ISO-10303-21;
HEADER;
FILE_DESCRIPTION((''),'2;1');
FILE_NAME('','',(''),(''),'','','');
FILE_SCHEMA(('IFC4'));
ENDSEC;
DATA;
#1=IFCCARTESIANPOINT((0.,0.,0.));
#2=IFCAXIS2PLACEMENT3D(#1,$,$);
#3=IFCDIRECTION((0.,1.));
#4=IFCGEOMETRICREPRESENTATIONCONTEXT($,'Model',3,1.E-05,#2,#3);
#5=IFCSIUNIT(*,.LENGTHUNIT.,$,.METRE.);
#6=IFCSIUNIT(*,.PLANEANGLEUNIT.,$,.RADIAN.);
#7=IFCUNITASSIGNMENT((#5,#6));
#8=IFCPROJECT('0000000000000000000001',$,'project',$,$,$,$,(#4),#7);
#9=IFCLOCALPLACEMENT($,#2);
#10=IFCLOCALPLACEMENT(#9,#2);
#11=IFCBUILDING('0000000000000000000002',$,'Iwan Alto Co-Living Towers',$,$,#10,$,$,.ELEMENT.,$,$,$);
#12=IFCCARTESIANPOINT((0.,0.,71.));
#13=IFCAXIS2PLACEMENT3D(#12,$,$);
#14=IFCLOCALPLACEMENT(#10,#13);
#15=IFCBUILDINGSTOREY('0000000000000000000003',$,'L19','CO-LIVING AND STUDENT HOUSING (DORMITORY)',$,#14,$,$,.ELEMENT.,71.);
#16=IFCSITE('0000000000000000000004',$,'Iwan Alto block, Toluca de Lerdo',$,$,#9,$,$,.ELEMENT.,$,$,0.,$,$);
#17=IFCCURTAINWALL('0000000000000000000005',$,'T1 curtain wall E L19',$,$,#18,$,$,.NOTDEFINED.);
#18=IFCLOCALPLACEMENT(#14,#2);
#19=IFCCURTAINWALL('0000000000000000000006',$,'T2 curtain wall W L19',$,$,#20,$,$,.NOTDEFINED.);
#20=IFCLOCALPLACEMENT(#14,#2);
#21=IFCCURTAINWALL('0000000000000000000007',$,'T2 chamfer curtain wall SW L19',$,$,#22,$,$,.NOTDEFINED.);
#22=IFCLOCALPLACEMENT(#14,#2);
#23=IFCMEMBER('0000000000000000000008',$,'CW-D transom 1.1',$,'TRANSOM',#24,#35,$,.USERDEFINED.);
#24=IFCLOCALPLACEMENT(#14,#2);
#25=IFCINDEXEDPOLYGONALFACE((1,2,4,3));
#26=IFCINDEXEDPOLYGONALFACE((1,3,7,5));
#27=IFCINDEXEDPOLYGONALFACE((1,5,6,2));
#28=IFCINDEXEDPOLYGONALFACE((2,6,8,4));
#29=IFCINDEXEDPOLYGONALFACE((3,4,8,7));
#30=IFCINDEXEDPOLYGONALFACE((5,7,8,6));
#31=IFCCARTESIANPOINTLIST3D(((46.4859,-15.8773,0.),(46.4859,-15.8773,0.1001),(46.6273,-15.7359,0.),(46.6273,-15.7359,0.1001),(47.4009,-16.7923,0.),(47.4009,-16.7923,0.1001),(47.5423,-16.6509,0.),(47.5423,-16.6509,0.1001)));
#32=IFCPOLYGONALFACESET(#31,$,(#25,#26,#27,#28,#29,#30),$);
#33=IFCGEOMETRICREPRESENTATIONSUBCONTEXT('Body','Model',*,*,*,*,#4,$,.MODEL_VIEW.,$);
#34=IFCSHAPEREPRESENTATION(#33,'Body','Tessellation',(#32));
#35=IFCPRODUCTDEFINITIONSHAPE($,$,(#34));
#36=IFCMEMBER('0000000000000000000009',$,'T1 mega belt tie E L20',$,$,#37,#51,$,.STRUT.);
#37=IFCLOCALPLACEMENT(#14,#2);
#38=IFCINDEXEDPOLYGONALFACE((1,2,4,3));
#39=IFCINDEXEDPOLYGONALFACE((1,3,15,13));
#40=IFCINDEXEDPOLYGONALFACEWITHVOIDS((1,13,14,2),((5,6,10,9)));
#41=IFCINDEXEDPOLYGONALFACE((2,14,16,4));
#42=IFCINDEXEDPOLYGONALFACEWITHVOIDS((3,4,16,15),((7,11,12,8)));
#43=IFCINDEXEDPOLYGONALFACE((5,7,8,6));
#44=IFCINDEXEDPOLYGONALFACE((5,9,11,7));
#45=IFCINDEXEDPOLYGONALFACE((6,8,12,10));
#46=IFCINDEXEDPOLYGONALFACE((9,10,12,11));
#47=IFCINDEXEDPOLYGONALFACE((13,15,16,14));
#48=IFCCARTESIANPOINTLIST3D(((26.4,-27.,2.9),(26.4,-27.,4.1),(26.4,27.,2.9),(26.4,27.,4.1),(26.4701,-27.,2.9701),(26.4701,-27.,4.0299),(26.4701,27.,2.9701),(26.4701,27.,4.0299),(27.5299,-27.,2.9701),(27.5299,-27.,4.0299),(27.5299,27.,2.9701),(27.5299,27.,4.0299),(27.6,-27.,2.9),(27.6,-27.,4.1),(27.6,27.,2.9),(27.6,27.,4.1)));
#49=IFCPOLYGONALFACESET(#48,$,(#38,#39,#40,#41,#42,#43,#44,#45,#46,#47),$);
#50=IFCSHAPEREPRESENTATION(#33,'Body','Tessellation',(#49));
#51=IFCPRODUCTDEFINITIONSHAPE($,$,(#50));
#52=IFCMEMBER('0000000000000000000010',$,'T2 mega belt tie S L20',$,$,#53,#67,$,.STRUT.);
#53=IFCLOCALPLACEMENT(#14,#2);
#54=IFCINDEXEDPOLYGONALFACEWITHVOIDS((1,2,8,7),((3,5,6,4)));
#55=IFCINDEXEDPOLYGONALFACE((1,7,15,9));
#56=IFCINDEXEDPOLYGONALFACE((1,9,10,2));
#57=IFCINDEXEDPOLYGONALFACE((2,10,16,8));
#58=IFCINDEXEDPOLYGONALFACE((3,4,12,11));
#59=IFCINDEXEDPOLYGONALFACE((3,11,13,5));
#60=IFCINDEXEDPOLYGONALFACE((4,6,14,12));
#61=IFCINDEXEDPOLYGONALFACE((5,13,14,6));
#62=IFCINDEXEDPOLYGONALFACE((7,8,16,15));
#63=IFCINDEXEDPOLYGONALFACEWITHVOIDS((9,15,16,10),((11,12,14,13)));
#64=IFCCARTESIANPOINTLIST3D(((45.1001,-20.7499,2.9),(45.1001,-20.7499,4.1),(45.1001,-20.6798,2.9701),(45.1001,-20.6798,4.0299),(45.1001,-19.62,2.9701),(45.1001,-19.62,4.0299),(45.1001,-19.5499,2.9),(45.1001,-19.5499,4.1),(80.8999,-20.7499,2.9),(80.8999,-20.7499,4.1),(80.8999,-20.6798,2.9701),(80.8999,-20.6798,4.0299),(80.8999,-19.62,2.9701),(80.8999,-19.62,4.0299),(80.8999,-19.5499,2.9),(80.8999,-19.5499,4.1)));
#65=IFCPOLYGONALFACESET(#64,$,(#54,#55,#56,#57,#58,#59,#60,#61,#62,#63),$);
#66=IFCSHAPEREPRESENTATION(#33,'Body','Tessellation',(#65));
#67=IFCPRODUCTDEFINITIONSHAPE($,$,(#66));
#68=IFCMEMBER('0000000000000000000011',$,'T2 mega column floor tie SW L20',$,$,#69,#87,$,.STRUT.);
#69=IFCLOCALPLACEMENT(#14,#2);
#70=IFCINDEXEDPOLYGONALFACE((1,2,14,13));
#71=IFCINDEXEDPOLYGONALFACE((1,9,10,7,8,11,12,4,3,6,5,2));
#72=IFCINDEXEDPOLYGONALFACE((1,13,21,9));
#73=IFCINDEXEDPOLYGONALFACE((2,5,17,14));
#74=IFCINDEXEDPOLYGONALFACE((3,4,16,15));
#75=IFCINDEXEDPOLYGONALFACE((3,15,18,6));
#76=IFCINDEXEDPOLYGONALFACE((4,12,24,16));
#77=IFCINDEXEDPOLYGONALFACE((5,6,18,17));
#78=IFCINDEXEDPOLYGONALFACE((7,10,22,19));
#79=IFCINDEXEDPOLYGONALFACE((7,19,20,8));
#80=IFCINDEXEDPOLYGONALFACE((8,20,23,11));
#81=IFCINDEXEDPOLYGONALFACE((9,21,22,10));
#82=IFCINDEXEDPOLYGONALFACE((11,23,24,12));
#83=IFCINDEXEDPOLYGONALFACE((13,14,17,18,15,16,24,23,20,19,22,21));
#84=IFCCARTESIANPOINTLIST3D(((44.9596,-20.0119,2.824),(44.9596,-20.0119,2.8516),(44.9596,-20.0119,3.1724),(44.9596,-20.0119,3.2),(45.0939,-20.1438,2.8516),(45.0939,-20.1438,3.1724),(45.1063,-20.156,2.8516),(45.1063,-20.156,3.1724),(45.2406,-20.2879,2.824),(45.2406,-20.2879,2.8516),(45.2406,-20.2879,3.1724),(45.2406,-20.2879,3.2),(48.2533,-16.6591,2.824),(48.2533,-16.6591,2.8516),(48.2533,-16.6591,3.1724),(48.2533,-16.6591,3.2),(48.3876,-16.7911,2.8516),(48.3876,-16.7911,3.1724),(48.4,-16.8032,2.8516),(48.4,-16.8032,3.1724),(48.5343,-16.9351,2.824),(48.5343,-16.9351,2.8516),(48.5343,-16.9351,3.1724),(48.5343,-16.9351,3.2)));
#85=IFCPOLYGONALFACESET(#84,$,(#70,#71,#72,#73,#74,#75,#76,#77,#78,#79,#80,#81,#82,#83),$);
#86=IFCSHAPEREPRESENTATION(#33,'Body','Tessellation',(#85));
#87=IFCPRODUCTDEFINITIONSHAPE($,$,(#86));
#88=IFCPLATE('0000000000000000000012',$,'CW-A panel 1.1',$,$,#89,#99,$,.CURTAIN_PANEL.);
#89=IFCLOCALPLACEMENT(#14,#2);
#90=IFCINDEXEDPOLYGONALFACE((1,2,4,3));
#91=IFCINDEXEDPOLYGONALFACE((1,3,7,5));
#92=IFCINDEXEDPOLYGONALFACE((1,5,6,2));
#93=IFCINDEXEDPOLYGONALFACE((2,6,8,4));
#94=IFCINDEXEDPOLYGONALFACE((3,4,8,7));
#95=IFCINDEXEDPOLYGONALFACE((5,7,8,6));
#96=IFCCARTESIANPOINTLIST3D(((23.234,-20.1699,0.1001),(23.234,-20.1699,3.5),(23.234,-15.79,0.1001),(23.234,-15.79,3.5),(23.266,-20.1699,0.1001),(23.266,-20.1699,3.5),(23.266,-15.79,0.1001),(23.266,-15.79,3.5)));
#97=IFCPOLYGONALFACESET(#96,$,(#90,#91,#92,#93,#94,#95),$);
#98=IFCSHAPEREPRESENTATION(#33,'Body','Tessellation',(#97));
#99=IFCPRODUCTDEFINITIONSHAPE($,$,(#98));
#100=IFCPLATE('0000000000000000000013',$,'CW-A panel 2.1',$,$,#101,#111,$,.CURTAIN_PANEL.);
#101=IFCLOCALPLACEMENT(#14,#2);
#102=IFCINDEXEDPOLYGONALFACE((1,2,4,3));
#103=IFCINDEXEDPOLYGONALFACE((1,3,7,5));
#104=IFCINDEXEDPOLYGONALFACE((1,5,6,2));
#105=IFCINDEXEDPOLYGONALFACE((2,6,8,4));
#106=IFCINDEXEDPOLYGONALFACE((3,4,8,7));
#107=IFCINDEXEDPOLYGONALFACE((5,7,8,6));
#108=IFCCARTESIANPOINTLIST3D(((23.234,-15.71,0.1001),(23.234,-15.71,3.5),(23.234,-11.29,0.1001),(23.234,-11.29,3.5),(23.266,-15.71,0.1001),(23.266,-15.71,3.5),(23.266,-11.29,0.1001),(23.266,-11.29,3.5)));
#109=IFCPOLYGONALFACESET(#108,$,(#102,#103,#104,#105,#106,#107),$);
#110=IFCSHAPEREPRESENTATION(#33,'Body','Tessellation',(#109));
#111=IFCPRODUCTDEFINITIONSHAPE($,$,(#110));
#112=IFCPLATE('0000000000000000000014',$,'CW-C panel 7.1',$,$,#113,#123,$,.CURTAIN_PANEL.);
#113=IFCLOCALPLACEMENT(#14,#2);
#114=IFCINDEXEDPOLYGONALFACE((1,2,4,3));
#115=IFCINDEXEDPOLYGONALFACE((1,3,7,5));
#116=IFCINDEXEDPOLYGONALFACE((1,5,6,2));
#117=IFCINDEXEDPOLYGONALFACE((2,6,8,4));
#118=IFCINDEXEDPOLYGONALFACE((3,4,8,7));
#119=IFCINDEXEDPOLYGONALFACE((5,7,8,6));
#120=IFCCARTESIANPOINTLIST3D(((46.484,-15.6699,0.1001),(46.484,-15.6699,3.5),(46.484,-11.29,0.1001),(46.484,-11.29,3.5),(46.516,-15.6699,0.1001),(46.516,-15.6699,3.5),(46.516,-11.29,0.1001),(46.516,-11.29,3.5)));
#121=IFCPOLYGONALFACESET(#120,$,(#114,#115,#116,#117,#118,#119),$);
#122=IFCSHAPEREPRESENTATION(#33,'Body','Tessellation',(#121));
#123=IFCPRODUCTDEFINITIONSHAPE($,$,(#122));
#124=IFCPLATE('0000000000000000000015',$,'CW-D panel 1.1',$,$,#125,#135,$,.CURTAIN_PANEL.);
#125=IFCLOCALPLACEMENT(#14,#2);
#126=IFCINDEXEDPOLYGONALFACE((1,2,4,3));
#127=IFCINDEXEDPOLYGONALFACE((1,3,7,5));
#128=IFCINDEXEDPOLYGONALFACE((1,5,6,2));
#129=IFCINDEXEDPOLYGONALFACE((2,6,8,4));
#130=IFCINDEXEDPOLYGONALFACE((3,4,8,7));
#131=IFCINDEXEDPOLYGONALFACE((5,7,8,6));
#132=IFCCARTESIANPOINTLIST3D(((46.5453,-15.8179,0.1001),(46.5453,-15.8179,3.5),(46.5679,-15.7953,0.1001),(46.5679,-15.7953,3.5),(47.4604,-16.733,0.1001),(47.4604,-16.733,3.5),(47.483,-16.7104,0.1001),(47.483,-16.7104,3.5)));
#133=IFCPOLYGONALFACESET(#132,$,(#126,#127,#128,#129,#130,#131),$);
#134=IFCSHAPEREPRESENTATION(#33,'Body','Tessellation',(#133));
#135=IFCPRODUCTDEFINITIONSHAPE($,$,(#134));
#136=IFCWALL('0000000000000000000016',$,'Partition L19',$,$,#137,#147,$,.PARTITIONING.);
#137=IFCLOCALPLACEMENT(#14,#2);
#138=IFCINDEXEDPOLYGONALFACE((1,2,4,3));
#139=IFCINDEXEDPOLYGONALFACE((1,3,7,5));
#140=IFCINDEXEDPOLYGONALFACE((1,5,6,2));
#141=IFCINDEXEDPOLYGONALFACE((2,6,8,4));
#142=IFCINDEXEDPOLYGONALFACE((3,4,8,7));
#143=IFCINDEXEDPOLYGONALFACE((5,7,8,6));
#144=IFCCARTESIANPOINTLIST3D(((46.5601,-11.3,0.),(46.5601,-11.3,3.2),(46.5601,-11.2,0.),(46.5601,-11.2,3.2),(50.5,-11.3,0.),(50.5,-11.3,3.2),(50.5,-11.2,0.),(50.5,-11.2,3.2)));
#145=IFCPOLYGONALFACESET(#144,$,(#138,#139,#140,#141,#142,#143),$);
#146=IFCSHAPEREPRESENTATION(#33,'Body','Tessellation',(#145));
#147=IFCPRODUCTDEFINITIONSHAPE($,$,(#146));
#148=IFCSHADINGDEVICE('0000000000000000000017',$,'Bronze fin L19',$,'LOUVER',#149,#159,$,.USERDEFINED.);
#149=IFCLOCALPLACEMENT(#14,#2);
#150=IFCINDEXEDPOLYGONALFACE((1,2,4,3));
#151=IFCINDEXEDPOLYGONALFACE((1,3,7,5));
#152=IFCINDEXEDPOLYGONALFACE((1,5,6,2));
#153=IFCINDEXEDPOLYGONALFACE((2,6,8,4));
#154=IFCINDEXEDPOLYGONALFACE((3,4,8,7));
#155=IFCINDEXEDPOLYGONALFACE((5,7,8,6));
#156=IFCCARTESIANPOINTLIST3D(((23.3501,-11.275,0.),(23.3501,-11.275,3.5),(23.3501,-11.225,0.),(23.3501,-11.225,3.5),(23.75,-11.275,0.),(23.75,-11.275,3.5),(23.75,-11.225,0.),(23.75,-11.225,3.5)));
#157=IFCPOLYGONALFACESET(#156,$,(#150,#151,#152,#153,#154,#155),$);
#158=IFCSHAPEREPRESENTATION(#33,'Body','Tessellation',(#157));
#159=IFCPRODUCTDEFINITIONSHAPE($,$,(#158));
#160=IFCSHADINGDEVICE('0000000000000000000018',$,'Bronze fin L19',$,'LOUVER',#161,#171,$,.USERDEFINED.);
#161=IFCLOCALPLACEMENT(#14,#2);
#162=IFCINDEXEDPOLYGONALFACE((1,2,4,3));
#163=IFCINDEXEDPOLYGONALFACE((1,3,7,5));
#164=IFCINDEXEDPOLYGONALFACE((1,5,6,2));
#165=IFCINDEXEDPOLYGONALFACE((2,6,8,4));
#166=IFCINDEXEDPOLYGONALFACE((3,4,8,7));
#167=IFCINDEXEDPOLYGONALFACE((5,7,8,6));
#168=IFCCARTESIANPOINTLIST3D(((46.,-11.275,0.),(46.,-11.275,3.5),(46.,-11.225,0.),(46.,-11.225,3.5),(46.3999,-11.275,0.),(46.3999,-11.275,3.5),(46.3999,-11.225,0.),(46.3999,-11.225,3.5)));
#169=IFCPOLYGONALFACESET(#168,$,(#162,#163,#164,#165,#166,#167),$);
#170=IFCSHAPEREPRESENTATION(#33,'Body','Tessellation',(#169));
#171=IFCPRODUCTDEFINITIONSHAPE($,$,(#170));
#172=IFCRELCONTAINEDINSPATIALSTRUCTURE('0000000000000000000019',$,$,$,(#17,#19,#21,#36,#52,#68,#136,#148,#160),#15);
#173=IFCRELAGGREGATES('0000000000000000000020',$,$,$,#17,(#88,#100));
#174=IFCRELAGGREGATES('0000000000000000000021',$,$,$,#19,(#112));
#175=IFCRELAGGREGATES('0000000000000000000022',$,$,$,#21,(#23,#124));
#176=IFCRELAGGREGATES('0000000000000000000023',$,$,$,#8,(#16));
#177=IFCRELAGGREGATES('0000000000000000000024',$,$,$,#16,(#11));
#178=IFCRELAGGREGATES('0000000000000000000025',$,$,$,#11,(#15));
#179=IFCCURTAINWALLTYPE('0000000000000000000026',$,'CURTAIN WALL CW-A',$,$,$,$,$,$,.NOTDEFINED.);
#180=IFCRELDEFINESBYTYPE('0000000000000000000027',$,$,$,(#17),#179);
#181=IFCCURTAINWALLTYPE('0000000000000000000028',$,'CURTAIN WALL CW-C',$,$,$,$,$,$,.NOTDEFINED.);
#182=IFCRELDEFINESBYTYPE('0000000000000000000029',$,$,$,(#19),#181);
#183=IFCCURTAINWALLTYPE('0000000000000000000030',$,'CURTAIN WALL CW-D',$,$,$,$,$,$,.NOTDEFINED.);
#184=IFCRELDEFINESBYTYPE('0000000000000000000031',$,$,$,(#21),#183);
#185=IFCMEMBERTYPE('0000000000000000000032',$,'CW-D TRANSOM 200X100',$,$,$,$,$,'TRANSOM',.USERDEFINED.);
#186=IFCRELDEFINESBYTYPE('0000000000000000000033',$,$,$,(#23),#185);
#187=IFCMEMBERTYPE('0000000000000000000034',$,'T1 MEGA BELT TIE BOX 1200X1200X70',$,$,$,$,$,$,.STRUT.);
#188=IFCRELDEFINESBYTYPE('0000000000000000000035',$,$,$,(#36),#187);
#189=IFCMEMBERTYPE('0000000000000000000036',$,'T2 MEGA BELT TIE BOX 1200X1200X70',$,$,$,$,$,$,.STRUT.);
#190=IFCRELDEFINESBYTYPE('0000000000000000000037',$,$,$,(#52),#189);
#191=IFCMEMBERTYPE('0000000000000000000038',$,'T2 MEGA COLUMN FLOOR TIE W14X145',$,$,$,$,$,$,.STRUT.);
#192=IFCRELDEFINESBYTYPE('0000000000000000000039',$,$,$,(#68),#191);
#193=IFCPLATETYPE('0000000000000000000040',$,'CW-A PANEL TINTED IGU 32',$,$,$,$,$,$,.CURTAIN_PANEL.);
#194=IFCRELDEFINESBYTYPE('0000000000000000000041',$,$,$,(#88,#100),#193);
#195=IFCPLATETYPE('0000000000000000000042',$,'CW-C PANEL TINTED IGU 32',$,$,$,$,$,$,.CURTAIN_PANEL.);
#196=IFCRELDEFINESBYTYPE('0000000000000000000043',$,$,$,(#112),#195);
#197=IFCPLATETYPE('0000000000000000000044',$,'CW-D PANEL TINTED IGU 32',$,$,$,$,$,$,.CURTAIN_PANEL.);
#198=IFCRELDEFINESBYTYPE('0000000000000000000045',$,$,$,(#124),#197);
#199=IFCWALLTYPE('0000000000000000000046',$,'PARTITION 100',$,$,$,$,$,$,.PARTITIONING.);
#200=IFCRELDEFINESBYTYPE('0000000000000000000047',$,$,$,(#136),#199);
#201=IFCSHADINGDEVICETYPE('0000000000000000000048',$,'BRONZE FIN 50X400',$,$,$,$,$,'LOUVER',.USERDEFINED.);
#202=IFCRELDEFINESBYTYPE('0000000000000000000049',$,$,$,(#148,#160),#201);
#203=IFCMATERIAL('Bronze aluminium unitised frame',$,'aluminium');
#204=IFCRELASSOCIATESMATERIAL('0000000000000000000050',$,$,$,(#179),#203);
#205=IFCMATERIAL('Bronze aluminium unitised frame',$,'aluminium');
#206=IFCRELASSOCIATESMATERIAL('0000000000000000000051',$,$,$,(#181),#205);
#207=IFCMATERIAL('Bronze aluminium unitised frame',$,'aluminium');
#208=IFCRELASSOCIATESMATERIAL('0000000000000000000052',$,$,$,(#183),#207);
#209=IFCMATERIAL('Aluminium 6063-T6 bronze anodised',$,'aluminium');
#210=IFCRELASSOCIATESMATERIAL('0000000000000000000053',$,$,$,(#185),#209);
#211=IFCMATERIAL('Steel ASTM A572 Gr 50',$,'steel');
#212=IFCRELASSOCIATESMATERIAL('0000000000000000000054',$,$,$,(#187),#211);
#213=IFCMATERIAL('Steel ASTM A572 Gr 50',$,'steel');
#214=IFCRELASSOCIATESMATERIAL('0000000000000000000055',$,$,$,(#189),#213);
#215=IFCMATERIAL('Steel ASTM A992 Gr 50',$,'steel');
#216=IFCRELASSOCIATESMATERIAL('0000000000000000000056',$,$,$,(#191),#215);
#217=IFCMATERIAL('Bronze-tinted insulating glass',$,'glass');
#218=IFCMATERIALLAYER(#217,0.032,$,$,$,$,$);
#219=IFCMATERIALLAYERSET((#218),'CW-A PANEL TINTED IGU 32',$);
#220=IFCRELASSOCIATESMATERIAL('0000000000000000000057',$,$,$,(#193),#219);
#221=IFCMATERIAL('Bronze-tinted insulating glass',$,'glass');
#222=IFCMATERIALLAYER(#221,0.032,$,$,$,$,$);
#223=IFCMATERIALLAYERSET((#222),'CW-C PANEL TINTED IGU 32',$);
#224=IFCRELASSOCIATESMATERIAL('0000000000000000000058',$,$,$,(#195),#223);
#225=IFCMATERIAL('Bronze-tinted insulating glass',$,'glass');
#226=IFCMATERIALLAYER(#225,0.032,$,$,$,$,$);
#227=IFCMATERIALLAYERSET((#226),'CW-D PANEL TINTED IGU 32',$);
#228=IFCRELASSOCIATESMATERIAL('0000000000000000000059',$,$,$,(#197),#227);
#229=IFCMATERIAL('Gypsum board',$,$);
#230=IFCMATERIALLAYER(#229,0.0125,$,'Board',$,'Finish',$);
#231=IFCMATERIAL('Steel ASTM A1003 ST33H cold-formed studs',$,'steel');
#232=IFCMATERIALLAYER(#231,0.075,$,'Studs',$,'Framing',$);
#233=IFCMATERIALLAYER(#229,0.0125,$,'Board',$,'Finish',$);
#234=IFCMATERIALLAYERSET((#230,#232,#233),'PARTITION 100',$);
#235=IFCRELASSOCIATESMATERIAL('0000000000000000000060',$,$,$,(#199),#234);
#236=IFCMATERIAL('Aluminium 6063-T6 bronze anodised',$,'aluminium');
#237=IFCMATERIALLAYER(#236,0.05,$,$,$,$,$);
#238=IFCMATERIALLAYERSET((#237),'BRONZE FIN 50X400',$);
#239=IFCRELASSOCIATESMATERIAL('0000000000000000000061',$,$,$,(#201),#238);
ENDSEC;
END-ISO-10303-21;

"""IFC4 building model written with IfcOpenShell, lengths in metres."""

from ifc_helpers import new_model, si_unit, direction, frame, frame_2d, origin, origin_2d, place, context, subcontext, project, spatial, rectangle, hollow_rectangle, i_section, extrude, material, layer, layer_set, material_profile, profile_set, type_object, element, aggregate, save


model = new_model("IFC4")

# Units and contexts
model_context = context("Model", 3, precision=1e-05, world=origin(), true_north=direction((0.0, 1.0)))
body_context = subcontext(model_context, "Body", "Model", "MODEL_VIEW")
ifc_project = project(units=[si_unit("LENGTHUNIT", "METRE"), si_unit("PLANEANGLEUNIT", "RADIAN")], contexts=[model_context])

# Site, building, storey
site_placement = place(None, origin())
site = spatial("IfcSite", under=ifc_project, at=site_placement, Name="Iwan Alto block, Toluca de Lerdo", CompositionType="ELEMENT", RefElevation=0.0)
building_placement = place(site_placement, origin())
building = spatial("IfcBuilding", under=site, at=building_placement, Name="Iwan Alto Co-Living Towers", CompositionType="ELEMENT")
storey_placement = place(building_placement, frame((0.0, 0.0, 71.0)))
storey = spatial("IfcBuildingStorey", under=building, at=storey_placement, Name="L19", Description="CO-LIVING AND STUDENT HOUSING (DORMITORY)", CompositionType="ELEMENT", Elevation=71.0)

# Curtain walls, member
ifc_material_1 = material(Name="Bronze aluminium unitised frame", Category="aluminium")
curtain_wall_type_1 = type_object("IfcCurtainWallType", Name="CURTAIN WALL CW-A", PredefinedType="NOTDEFINED", material=ifc_material_1)
curtain_wall_1_placement = place(storey_placement, origin())
curtain_wall_1 = element("IfcCurtainWall", 1, at=curtain_wall_1_placement, inside=storey, type_object=curtain_wall_type_1, Name="T1 curtain wall E L19", PredefinedType="NOTDEFINED")
ifc_material_2 = material(Name="Bronze aluminium unitised frame", Category="aluminium")
curtain_wall_type_2 = type_object("IfcCurtainWallType", Name="CURTAIN WALL CW-C", PredefinedType="NOTDEFINED", material=ifc_material_2)
curtain_wall_2_placement = place(storey_placement, origin())
curtain_wall_2 = element("IfcCurtainWall", 2, at=curtain_wall_2_placement, inside=storey, type_object=curtain_wall_type_2, Name="T2 curtain wall W L19", PredefinedType="NOTDEFINED")
ifc_material_3 = material(Name="Bronze aluminium unitised frame", Category="aluminium")
curtain_wall_type_3 = type_object("IfcCurtainWallType", Name="CURTAIN WALL CW-D", PredefinedType="NOTDEFINED", material=ifc_material_3)
curtain_wall_3_placement = place(storey_placement, origin())
curtain_wall_3 = element("IfcCurtainWall", 3, at=curtain_wall_3_placement, inside=storey, type_object=curtain_wall_type_3, Name="T2 chamfer curtain wall SW L19", PredefinedType="NOTDEFINED")
ifc_material_4 = material(Name="Aluminium 6063-T6 bronze anodised", Category="aluminium")
ifc_material_profile_1 = material_profile(ifc_material_4, rectangle(XDim=0.2, YDim=0.1001, at=origin_2d()), Name="AL 200X100")
ifc_profile_set_1 = profile_set([ifc_material_profile_1], Name="Aluminium 6063-T6 bronze anodised")
member_type_1 = type_object("IfcMemberType", Name="CW-D TRANSOM 200X100", ElementType="TRANSOM", PredefinedType="USERDEFINED", material=ifc_profile_set_1)
member_1_placement = place(storey_placement, frame((46.5566, -15.8066, 0.05), z_axis=(0.707107, -0.707107, 0.0), x_axis=(0.707107, 0.707107, 0.0)))
member_1 = element("IfcMember", 4, at=member_1_placement, type_object=member_type_1, Name="CW-D transom 1.1", ObjectType="TRANSOM", PredefinedType="USERDEFINED", context=body_context, shape_type="SweptSolid", body=[
    extrude(rectangle(XDim=0.2, YDim=0.1001, at=origin_2d()), origin(), (0.0, 0.0, 1.0), 1.2939),
])

# Members
ifc_material_5 = material(Name="Steel ASTM A572 Gr 50", Category="steel")
ifc_material_profile_2 = material_profile(ifc_material_5, hollow_rectangle(XDim=1.2, YDim=1.2, WallThickness=0.0701, at=origin_2d()), Name="BOX 1200X1200X70")
ifc_profile_set_2 = profile_set([ifc_material_profile_2], Name="Steel ASTM A572 Gr 50")
member_type_2 = type_object("IfcMemberType", Name="T1 MEGA BELT TIE BOX 1200X1200X70", PredefinedType="STRUT", material=ifc_profile_set_2)
member_2_placement = place(storey_placement, frame((27.0, -27.0, 3.5), z_axis=(0.0, 1.0, 0.0), x_axis=(-1.0, 0.0, 0.0)))
element("IfcMember", 5, at=member_2_placement, inside=storey, type_object=member_type_2, Name="T1 mega belt tie E L20", PredefinedType="STRUT", context=body_context, shape_type="SweptSolid", body=[
    extrude(hollow_rectangle(XDim=1.2, YDim=1.2, WallThickness=0.0701, at=origin_2d()), origin(), (0.0, 0.0, 1.0), 54.0),
])
ifc_material_6 = material(Name="Steel ASTM A572 Gr 50", Category="steel")
ifc_material_profile_3 = material_profile(ifc_material_6, hollow_rectangle(XDim=1.2, YDim=1.2, WallThickness=0.0701, at=origin_2d()), Name="BOX 1200X1200X70")
ifc_profile_set_3 = profile_set([ifc_material_profile_3], Name="Steel ASTM A572 Gr 50")
member_type_3 = type_object("IfcMemberType", Name="T2 MEGA BELT TIE BOX 1200X1200X70", PredefinedType="STRUT", material=ifc_profile_set_3)
member_3_placement = place(storey_placement, frame((45.1001, -20.1499, 3.5), z_axis=(1.0, 0.0, 0.0), x_axis=(0.0, 1.0, 0.0)))
element("IfcMember", 6, at=member_3_placement, inside=storey, type_object=member_type_3, Name="T2 mega belt tie S L20", PredefinedType="STRUT", context=body_context, shape_type="SweptSolid", body=[
    extrude(hollow_rectangle(XDim=1.2, YDim=1.2, WallThickness=0.0701, at=origin_2d()), origin(), (0.0, 0.0, 1.0), 35.7998),
])
ifc_material_7 = material(Name="Steel ASTM A992 Gr 50", Category="steel")
ifc_material_profile_4 = material_profile(ifc_material_7, i_section(OverallWidth=0.3938, OverallDepth=0.376, WebThickness=0.0173, FlangeThickness=0.0276, at=origin_2d()), Name="W14X145")
ifc_profile_set_4 = profile_set([ifc_material_profile_4], Name="Steel ASTM A992 Gr 50")
member_type_4 = type_object("IfcMemberType", Name="T2 MEGA COLUMN FLOOR TIE W14X145", PredefinedType="STRUT", material=ifc_profile_set_4)
member_4_placement = place(storey_placement, frame((45.1001, -20.1499, 3.012), z_axis=(0.700793, 0.713364, 0.0), x_axis=(-0.713364, 0.700793, 0.0)))
element("IfcMember", 7, at=member_4_placement, inside=storey, type_object=member_type_4, Name="T2 mega column floor tie SW L20", PredefinedType="STRUT", context=body_context, shape_type="SweptSolid", body=[
    extrude(i_section(OverallWidth=0.3938, OverallDepth=0.376, WebThickness=0.0173, FlangeThickness=0.0276, at=origin_2d()), origin(), (0.0, 0.0, 1.0), 4.7),
])

# Plates
ifc_material_8 = material(Name="Bronze-tinted insulating glass", Category="glass")
ifc_layer_1 = layer(ifc_material_8, 0.032)
ifc_layer_set_1 = layer_set([ifc_layer_1], Name="CW-A PANEL TINTED IGU 32")
plate_type_1 = type_object("IfcPlateType", Name="CW-A PANEL TINTED IGU 32", PredefinedType="CURTAIN_PANEL", material=ifc_layer_set_1)
plate_1_placement = place(storey_placement, frame((23.25, -17.98, 0.1001), z_axis=(0.0, 0.0, 1.0), x_axis=(0.0, 1.0, 0.0)))
plate_1 = element("IfcPlate", 8, at=plate_1_placement, type_object=plate_type_1, Name="CW-A panel 1.1", PredefinedType="CURTAIN_PANEL", context=body_context, shape_type="SweptSolid", body=[
    extrude(rectangle(XDim=4.3799, YDim=0.032, at=origin_2d()), origin(), (0.0, 0.0, 1.0), 3.3999),
])
plate_2_placement = place(storey_placement, frame((23.25, -13.5, 0.1001), z_axis=(0.0, 0.0, 1.0), x_axis=(0.0, 1.0, 0.0)))
plate_2 = element("IfcPlate", 9, at=plate_2_placement, type_object=plate_type_1, Name="CW-A panel 2.1", PredefinedType="CURTAIN_PANEL", context=body_context, shape_type="SweptSolid", body=[
    extrude(rectangle(XDim=4.4199, YDim=0.032, at=origin_2d()), origin(), (0.0, 0.0, 1.0), 3.3999),
])
aggregate(curtain_wall_1, [plate_1, plate_2])
ifc_material_9 = material(Name="Bronze-tinted insulating glass", Category="glass")
ifc_layer_2 = layer(ifc_material_9, 0.032)
ifc_layer_set_2 = layer_set([ifc_layer_2], Name="CW-C PANEL TINTED IGU 32")
plate_type_2 = type_object("IfcPlateType", Name="CW-C PANEL TINTED IGU 32", PredefinedType="CURTAIN_PANEL", material=ifc_layer_set_2)
plate_3_placement = place(storey_placement, frame((46.5, -13.48, 0.1001), z_axis=(0.0, 0.0, 1.0), x_axis=(0.0, -1.0, 0.0)))
plate_3 = element("IfcPlate", 10, at=plate_3_placement, type_object=plate_type_2, Name="CW-C panel 7.1", PredefinedType="CURTAIN_PANEL", context=body_context, shape_type="SweptSolid", body=[
    extrude(rectangle(XDim=4.3799, YDim=0.032, at=origin_2d()), origin(), (0.0, 0.0, 1.0), 3.3999),
])
aggregate(curtain_wall_2, [plate_3])
ifc_material_10 = material(Name="Bronze-tinted insulating glass", Category="glass")
ifc_layer_3 = layer(ifc_material_10, 0.032)
ifc_layer_set_3 = layer_set([ifc_layer_3], Name="CW-D PANEL TINTED IGU 32")
plate_type_3 = type_object("IfcPlateType", Name="CW-D PANEL TINTED IGU 32", PredefinedType="CURTAIN_PANEL", material=ifc_layer_set_3)
plate_4_placement = place(storey_placement, frame((47.0142, -16.2642, 0.1001), z_axis=(0.0, 0.0, 1.0), x_axis=(0.707107, -0.707107, 0.0)))
plate_4 = element("IfcPlate", 11, at=plate_4_placement, type_object=plate_type_3, Name="CW-D panel 1.1", PredefinedType="CURTAIN_PANEL", context=body_context, shape_type="SweptSolid", body=[
    extrude(rectangle(XDim=1.2942, YDim=0.032, at=origin_2d()), origin(), (0.0, 0.0, 1.0), 3.3999),
])
aggregate(curtain_wall_3, [member_1, plate_4])

# Wall
ifc_material_11 = material(Name="Gypsum board")
ifc_layer_4 = layer(ifc_material_11, 0.0125, Name="Board", Category="Finish")
ifc_material_12 = material(Name="Steel ASTM A1003 ST33H cold-formed studs", Category="steel")
ifc_layer_5 = layer(ifc_material_12, 0.075, Name="Studs", Category="Framing")
ifc_layer_6 = layer(ifc_material_11, 0.0125, Name="Board", Category="Finish")
ifc_layer_set_4 = layer_set([ifc_layer_4, ifc_layer_5, ifc_layer_6], Name="PARTITION 100")
wall_type = type_object("IfcWallType", Name="PARTITION 100", PredefinedType="PARTITIONING", material=ifc_layer_set_4)
wall_placement = place(storey_placement, frame((46.5601, -11.25, 0.0), z_axis=(0.0, 0.0, 1.0), x_axis=(1.0, 0.0, 0.0)))
element("IfcWall", 12, at=wall_placement, inside=storey, type_object=wall_type, Name="Partition L19", PredefinedType="PARTITIONING", context=body_context, shape_type="SweptSolid", body=[
    extrude(rectangle(XDim=3.9399, YDim=0.1001, at=frame_2d((1.97, 0.0))), origin(), (0.0, 0.0, 1.0), 3.2),
])

# Shading devices
ifc_material_13 = material(Name="Aluminium 6063-T6 bronze anodised", Category="aluminium")
ifc_layer_7 = layer(ifc_material_13, 0.05)
ifc_layer_set_5 = layer_set([ifc_layer_7], Name="BRONZE FIN 50X400")
shading_device_type = type_object("IfcShadingDeviceType", Name="BRONZE FIN 50X400", ElementType="LOUVER", PredefinedType="USERDEFINED", material=ifc_layer_set_5)
for number, where, z_axis, x_axis, name in (
    (13, (23.55, -11.25, 0.0), (0.0, 0.0, 1.0), (0.0, 1.0, 0.0), "Bronze fin L19"),
    (14, (46.2, -11.25, 0.0), (0.0, 0.0, 1.0), (0.0, -1.0, 0.0), "Bronze fin L19"),
):
    element("IfcShadingDevice", number, at=place(storey_placement, frame(where, z_axis=z_axis, x_axis=x_axis)), inside=storey, type_object=shading_device_type, Name=name, ObjectType="LOUVER", PredefinedType="USERDEFINED", context=body_context, shape_type="SweptSolid", body=[
        extrude(rectangle(XDim=0.05, YDim=0.3999, at=origin_2d()), origin(), (0.0, 0.0, 1.0), 3.5),
    ])

save(model, "model.ifc")
